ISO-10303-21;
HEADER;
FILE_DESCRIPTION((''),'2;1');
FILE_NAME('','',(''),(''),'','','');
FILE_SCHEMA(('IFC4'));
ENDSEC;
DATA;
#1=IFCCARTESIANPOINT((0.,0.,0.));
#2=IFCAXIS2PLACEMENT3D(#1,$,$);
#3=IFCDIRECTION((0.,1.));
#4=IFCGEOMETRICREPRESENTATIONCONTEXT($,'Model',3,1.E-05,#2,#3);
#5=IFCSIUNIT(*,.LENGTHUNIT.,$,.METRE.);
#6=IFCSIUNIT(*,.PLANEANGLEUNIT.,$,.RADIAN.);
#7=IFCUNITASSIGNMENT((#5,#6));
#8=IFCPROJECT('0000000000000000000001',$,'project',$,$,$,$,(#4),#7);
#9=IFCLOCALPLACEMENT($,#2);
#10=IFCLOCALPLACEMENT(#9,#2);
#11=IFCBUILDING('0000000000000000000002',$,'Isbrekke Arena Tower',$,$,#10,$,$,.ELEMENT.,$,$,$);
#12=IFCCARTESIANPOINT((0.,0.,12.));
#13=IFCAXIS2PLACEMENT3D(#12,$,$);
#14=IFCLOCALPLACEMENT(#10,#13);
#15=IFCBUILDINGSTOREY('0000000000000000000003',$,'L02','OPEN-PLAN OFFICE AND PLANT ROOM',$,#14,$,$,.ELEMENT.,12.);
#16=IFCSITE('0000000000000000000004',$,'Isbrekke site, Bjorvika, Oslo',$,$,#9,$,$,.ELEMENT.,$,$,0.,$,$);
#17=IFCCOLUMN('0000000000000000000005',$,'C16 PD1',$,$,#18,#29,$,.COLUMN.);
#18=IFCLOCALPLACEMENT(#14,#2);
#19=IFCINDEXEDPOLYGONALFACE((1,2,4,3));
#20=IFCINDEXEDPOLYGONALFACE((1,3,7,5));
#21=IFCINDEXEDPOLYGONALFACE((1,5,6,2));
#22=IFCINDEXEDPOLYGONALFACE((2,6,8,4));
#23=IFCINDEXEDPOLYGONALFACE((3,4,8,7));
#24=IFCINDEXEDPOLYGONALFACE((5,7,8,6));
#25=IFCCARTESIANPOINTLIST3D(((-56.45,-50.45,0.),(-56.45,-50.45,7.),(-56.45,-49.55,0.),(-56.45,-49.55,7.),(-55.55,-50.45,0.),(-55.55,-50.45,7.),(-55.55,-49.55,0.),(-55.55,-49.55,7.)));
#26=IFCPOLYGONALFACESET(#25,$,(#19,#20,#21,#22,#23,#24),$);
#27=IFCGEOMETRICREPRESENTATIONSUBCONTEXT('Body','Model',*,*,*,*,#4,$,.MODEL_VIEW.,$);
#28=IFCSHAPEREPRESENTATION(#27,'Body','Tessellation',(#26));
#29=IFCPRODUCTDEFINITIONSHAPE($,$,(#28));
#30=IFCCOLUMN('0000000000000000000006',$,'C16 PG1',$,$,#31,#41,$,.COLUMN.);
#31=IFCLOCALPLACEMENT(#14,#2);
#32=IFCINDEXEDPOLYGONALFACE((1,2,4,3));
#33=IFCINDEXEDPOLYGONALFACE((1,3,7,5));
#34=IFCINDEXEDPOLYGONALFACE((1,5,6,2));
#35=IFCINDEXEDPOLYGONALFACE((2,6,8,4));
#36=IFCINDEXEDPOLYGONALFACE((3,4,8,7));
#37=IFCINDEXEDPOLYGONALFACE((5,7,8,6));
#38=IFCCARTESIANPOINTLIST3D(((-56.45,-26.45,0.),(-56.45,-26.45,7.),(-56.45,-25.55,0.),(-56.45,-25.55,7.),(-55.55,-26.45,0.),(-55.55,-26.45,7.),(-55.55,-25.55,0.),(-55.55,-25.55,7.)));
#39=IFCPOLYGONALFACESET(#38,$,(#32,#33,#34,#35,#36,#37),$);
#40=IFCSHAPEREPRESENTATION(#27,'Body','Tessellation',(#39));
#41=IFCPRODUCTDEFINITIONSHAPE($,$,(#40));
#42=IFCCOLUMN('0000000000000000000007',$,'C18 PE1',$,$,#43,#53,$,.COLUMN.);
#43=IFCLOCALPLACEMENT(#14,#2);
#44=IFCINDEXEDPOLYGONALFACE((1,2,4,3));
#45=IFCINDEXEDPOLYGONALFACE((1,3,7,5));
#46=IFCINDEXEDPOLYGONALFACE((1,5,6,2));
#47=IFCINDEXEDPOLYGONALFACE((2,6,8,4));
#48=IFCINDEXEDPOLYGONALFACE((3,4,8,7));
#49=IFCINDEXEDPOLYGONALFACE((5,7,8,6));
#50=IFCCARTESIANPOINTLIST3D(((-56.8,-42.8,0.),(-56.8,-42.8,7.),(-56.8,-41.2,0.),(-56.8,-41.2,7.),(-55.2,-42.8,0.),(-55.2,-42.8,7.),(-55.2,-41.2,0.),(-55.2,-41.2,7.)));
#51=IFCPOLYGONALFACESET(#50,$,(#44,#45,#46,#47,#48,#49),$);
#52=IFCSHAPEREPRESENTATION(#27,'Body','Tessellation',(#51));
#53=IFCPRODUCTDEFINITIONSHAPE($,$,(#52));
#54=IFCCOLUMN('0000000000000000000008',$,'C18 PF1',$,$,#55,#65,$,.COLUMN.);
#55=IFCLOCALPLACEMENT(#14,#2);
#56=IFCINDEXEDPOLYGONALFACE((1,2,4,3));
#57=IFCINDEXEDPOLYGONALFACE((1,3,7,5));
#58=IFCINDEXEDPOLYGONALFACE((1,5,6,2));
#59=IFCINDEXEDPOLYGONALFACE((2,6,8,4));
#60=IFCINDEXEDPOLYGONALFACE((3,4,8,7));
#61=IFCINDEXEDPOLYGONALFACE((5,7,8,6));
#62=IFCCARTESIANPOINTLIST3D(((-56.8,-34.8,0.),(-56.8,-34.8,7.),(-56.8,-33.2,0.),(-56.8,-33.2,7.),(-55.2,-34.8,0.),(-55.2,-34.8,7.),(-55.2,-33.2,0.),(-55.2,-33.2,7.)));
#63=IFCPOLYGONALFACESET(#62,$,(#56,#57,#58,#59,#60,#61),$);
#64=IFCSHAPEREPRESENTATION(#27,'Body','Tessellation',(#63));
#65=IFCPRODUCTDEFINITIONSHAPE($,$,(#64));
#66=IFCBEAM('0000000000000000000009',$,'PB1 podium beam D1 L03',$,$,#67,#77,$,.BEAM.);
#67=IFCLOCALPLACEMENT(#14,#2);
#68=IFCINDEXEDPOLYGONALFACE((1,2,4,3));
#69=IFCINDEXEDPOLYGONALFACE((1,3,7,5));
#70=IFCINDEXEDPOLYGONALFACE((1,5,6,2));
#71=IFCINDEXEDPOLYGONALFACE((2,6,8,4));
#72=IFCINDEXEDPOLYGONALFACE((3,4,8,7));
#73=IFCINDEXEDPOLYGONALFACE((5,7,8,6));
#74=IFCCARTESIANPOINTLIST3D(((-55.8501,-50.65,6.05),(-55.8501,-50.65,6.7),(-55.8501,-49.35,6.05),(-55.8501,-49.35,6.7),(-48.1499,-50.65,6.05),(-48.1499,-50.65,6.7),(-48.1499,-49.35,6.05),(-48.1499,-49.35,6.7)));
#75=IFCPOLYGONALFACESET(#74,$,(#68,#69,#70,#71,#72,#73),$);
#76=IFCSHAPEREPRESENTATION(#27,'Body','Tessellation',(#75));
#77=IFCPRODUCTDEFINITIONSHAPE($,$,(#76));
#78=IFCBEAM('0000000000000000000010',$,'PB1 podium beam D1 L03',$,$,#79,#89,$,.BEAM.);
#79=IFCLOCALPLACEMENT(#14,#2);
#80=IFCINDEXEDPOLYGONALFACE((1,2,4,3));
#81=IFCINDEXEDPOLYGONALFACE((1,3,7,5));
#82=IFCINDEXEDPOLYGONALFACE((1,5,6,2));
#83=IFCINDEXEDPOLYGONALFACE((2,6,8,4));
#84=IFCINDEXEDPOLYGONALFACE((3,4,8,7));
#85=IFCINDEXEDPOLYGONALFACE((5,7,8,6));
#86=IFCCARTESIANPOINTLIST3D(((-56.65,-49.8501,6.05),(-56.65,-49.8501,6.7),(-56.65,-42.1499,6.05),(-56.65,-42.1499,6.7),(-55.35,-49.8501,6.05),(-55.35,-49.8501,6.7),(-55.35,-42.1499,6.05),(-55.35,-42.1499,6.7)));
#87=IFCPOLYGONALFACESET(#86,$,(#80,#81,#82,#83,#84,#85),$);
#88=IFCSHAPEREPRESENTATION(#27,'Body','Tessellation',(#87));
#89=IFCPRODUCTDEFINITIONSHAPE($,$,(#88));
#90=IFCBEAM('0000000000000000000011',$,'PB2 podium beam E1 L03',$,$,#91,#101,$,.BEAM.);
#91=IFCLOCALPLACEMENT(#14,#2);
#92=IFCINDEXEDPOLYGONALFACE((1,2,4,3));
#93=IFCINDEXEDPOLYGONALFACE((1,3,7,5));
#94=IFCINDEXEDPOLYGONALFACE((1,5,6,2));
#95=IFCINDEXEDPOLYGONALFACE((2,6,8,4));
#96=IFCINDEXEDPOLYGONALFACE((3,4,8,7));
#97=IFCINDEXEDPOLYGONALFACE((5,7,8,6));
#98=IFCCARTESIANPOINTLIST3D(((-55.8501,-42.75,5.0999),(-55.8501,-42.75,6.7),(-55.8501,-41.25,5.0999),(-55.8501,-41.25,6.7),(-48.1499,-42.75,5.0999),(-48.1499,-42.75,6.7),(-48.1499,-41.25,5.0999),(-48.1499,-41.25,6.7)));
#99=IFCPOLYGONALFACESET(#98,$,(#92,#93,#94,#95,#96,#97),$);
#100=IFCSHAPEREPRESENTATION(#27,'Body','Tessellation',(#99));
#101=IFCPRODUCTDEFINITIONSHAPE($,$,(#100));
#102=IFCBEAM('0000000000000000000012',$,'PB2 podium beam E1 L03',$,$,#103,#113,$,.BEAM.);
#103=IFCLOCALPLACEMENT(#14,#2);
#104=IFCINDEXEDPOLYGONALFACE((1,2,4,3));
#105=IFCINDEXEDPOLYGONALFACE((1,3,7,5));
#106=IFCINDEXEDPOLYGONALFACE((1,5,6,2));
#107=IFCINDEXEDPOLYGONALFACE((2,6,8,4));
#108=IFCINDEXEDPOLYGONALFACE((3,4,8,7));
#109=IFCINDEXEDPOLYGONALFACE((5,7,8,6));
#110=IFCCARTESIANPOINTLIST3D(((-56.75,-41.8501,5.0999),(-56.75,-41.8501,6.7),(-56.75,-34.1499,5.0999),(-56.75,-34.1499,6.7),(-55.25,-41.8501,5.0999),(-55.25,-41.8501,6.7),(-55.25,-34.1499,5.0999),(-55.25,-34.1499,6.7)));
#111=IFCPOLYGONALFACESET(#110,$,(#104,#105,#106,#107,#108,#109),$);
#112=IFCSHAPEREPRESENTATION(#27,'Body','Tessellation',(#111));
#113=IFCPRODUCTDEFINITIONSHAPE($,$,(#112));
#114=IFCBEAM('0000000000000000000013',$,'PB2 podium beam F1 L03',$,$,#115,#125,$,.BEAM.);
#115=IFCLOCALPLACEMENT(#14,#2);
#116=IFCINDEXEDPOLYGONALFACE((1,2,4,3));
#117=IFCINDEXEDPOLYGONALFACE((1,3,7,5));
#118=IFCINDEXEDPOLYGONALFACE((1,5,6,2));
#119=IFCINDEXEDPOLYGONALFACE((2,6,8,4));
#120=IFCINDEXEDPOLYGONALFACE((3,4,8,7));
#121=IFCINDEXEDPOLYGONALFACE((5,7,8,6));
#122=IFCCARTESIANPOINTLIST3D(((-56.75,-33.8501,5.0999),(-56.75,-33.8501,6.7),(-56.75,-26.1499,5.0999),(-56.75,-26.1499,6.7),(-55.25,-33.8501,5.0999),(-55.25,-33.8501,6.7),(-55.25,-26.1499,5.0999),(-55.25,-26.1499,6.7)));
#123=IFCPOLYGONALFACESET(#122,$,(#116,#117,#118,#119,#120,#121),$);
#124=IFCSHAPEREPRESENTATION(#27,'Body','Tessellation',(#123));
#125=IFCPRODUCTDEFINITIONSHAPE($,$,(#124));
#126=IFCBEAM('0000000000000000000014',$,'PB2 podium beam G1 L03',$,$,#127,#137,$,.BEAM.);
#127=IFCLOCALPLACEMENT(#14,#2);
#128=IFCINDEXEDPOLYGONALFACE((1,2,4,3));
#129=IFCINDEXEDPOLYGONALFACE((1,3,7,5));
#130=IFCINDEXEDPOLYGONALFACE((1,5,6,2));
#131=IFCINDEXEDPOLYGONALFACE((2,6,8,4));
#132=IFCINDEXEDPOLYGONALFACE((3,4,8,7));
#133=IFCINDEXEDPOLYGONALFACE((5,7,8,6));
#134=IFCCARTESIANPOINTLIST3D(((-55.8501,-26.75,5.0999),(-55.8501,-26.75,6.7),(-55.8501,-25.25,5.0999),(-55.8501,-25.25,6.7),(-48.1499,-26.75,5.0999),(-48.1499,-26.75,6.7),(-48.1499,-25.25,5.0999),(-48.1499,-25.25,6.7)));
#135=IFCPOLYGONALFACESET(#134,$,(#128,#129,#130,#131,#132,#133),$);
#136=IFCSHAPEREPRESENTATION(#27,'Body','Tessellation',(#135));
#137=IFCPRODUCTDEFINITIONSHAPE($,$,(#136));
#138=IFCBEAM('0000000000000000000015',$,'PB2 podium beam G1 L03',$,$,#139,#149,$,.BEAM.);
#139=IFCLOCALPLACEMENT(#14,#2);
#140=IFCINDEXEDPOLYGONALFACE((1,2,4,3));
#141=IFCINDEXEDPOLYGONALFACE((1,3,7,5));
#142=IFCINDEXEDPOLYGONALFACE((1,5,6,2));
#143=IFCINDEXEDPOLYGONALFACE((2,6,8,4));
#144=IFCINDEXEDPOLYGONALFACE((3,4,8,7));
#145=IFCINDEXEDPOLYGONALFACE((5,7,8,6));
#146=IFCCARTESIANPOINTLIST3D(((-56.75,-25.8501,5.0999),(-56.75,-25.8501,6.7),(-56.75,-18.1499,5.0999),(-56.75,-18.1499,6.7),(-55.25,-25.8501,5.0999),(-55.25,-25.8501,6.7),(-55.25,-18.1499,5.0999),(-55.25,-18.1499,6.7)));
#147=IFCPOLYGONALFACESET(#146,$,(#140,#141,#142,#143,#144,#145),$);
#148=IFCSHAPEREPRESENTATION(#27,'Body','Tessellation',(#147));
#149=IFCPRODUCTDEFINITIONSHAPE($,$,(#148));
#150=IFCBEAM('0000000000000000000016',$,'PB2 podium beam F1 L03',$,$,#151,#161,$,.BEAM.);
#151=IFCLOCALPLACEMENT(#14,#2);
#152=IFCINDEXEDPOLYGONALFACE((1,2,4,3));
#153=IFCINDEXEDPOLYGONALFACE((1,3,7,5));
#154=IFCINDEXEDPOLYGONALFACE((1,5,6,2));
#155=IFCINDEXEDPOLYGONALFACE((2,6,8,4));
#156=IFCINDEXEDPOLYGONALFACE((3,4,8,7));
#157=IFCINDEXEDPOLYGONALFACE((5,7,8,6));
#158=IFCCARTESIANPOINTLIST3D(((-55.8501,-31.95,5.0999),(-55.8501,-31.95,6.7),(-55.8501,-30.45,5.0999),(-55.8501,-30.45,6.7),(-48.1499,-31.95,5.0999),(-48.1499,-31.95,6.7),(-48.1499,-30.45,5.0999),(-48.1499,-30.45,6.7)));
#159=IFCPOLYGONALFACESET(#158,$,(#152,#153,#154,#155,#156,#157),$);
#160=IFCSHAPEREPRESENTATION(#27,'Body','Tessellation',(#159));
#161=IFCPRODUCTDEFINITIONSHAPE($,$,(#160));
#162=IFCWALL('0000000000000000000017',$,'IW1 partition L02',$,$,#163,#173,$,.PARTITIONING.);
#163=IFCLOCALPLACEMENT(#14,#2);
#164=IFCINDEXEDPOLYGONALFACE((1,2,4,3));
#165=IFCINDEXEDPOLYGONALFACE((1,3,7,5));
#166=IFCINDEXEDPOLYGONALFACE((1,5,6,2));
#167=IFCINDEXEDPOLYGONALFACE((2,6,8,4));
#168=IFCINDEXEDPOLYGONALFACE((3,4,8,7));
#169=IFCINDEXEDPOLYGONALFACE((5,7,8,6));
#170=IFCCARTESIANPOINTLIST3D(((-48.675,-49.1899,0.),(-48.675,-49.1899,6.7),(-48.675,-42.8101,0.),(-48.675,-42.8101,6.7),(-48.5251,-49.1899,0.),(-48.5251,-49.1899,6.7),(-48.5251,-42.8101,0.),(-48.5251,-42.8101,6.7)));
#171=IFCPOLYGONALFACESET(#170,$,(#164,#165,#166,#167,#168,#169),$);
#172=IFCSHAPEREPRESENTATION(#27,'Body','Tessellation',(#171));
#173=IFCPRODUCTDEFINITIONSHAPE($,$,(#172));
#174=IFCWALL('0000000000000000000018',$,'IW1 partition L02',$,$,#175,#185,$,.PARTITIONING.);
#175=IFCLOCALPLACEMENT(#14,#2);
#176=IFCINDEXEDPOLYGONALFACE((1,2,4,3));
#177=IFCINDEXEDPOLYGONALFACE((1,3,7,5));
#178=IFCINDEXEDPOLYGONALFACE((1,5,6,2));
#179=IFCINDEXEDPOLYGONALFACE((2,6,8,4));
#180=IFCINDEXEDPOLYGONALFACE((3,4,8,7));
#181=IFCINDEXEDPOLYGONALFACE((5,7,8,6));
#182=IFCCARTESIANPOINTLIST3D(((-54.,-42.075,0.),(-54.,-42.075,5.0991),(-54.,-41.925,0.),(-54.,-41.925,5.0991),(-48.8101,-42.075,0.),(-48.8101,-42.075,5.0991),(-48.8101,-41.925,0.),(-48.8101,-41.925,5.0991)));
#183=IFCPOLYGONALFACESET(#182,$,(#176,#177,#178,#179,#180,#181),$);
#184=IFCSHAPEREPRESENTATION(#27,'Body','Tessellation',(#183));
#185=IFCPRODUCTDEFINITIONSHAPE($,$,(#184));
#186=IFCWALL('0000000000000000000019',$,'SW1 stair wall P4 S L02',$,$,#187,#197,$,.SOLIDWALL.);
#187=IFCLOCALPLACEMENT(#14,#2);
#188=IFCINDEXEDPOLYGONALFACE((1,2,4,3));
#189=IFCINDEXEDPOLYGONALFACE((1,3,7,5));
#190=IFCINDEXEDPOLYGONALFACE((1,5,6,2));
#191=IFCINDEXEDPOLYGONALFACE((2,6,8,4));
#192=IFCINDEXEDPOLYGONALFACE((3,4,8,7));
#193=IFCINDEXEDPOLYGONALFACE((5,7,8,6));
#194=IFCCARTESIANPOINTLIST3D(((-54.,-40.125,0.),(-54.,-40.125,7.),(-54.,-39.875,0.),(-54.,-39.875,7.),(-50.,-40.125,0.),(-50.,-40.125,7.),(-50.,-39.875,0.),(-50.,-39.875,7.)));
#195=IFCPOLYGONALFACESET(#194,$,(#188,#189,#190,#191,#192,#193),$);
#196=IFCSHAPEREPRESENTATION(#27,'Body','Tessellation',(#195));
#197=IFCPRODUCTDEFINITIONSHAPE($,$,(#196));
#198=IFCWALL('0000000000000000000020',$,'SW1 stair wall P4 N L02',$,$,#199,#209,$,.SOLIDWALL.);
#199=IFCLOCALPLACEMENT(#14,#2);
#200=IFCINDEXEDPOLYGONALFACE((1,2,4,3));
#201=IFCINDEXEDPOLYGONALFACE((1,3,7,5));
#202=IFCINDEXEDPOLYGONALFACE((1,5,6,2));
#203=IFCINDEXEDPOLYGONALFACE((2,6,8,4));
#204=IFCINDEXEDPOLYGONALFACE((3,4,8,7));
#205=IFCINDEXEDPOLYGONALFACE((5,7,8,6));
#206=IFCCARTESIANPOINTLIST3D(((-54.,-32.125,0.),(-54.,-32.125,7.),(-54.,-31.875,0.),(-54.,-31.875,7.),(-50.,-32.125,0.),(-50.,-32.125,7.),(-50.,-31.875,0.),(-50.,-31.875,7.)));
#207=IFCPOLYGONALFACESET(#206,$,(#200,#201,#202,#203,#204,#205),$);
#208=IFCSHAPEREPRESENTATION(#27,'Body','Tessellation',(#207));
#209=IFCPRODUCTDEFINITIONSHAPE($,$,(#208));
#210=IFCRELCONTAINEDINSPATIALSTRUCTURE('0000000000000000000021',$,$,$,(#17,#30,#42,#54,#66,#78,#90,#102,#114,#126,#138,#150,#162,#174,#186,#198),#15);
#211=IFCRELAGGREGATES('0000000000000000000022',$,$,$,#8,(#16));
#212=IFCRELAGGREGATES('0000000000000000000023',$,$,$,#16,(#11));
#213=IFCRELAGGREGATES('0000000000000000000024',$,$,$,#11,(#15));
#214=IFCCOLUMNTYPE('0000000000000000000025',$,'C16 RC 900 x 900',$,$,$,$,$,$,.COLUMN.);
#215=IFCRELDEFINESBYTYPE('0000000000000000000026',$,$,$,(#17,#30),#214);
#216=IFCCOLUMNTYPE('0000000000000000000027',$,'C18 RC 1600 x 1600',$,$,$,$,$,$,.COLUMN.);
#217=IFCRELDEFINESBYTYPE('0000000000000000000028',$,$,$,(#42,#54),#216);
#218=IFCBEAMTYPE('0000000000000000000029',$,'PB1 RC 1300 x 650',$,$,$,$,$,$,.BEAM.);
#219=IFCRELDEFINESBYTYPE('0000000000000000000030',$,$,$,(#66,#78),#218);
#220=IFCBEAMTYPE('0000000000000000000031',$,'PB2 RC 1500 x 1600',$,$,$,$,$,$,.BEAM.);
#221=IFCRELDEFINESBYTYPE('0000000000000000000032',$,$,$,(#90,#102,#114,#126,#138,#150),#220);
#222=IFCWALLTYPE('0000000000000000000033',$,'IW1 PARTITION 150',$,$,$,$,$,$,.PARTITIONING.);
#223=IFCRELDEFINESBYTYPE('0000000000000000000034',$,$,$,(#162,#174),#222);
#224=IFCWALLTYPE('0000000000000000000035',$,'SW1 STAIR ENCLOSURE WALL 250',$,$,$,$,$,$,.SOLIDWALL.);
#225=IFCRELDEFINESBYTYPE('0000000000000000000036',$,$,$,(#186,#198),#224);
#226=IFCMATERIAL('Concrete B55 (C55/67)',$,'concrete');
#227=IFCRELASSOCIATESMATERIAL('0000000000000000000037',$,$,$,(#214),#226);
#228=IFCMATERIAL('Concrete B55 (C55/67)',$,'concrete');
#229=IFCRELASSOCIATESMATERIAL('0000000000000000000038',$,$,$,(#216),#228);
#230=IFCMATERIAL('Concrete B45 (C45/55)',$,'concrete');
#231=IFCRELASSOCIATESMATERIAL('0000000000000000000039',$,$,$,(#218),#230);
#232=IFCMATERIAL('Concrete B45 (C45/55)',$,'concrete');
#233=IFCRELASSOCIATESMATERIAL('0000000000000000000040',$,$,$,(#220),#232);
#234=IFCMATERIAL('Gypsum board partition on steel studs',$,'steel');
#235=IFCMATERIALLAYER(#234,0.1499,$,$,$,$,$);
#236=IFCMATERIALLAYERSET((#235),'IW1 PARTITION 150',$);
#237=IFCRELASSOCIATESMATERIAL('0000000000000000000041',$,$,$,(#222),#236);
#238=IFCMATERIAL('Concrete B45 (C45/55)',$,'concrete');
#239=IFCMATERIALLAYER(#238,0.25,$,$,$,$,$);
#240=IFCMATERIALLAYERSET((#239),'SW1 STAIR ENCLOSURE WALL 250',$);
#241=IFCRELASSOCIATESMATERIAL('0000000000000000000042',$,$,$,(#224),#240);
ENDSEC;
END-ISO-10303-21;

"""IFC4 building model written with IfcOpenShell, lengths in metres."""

from ifc_helpers import new_model, si_unit, direction, frame, frame_2d, origin, origin_2d, place, context, subcontext, project, spatial, rectangle, extrude, material, layer, layer_set, material_profile, profile_set, type_object, element, save


model = new_model("IFC4")

# Units and contexts
model_context = context("Model", 3, precision=1e-05, world=origin(), true_north=direction((0.0, 1.0)))
body_context = subcontext(model_context, "Body", "Model", "MODEL_VIEW")
ifc_project = project(units=[si_unit("LENGTHUNIT", "METRE"), si_unit("PLANEANGLEUNIT", "RADIAN")], contexts=[model_context])

# Site, building, storey
site_placement = place(None, origin())
site = spatial("IfcSite", under=ifc_project, at=site_placement, Name="Isbrekke site, Bjorvika, Oslo", CompositionType="ELEMENT", RefElevation=0.0)
building_placement = place(site_placement, origin())
building = spatial("IfcBuilding", under=site, at=building_placement, Name="Isbrekke Arena Tower", CompositionType="ELEMENT")
storey_placement = place(building_placement, frame((0.0, 0.0, 12.0)))
storey = spatial("IfcBuildingStorey", under=building, at=storey_placement, Name="L02", Description="OPEN-PLAN OFFICE AND PLANT ROOM", CompositionType="ELEMENT", Elevation=12.0)

# Columns
ifc_material_1 = material(Name="Concrete B55 (C55/67)", Category="concrete")
ifc_material_profile_1 = material_profile(ifc_material_1, rectangle(XDim=0.8999, YDim=0.8999, at=origin_2d()), Name="RC 900x900")
ifc_profile_set_1 = profile_set([ifc_material_profile_1], Name="Concrete B55 (C55/67)")
column_type_1 = type_object("IfcColumnType", Name="C16 RC 900 x 900", PredefinedType="COLUMN", material=ifc_profile_set_1)
for number, where, z_axis, x_axis, name in (
    (1, (-56.0, -50.0, 0.0), (0.0, 0.0, 1.0), (1.0, 0.0, 0.0), "C16 PD1"),
    (2, (-56.0, -26.0, 0.0), (0.0, 0.0, 1.0), (1.0, 0.0, 0.0), "C16 PG1"),
):
    element("IfcColumn", number, at=place(storey_placement, frame(where, z_axis=z_axis, x_axis=x_axis)), inside=storey, type_object=column_type_1, Name=name, PredefinedType="COLUMN", context=body_context, shape_type="SweptSolid", body=[
        extrude(rectangle(XDim=0.8999, YDim=0.8999, at=origin_2d()), origin(), (0.0, 0.0, 1.0), 7.0),
    ])
ifc_material_2 = material(Name="Concrete B55 (C55/67)", Category="concrete")
ifc_material_profile_2 = material_profile(ifc_material_2, rectangle(XDim=1.6001, YDim=1.6001, at=origin_2d()), Name="RC 1600x1600")
ifc_profile_set_2 = profile_set([ifc_material_profile_2], Name="Concrete B55 (C55/67)")
column_type_2 = type_object("IfcColumnType", Name="C18 RC 1600 x 1600", PredefinedType="COLUMN", material=ifc_profile_set_2)
for number, where, z_axis, x_axis, name in (
    (3, (-56.0, -42.0, 0.0), (0.0, 0.0, 1.0), (1.0, 0.0, 0.0), "C18 PE1"),
    (4, (-56.0, -34.0, 0.0), (0.0, 0.0, 1.0), (1.0, 0.0, 0.0), "C18 PF1"),
):
    element("IfcColumn", number, at=place(storey_placement, frame(where, z_axis=z_axis, x_axis=x_axis)), inside=storey, type_object=column_type_2, Name=name, PredefinedType="COLUMN", context=body_context, shape_type="SweptSolid", body=[
        extrude(rectangle(XDim=1.6001, YDim=1.6001, at=origin_2d()), origin(), (0.0, 0.0, 1.0), 7.0),
    ])

# Beams
ifc_material_3 = material(Name="Concrete B45 (C45/55)", Category="concrete")
ifc_material_profile_3 = material_profile(ifc_material_3, rectangle(XDim=1.3, YDim=0.6499, at=origin_2d()), Name="RC 1300x650")
ifc_profile_set_3 = profile_set([ifc_material_profile_3], Name="Concrete B45 (C45/55)")
beam_type_1 = type_object("IfcBeamType", Name="PB1 RC 1300 x 650", PredefinedType="BEAM", material=ifc_profile_set_3)
for number, where, z_axis, x_axis, name in (
    (5, (-55.8501, -50.0, 6.375), (1.0, 0.0, 0.0), (0.0, 1.0, 0.0), "PB1 podium beam D1 L03"),
    (6, (-56.0, -49.8501, 6.375), (0.0, 1.0, 0.0), (-1.0, 0.0, 0.0), "PB1 podium beam D1 L03"),
):
    element("IfcBeam", number, at=place(storey_placement, frame(where, z_axis=z_axis, x_axis=x_axis)), inside=storey, type_object=beam_type_1, Name=name, PredefinedType="BEAM", context=body_context, shape_type="SweptSolid", body=[
        extrude(rectangle(XDim=1.3, YDim=0.6499, at=origin_2d()), origin(), (0.0, 0.0, 1.0), 7.7002),
    ])
ifc_material_4 = material(Name="Concrete B45 (C45/55)", Category="concrete")
ifc_material_profile_4 = material_profile(ifc_material_4, rectangle(XDim=1.5, YDim=1.6001, at=origin_2d()), Name="RC 1500x1600")
ifc_profile_set_4 = profile_set([ifc_material_profile_4], Name="Concrete B45 (C45/55)")
beam_type_2 = type_object("IfcBeamType", Name="PB2 RC 1500 x 1600", PredefinedType="BEAM", material=ifc_profile_set_4)
for number, where, z_axis, x_axis, name in (
    (7, (-55.8501, -42.0, 5.8999), (1.0, 0.0, 0.0), (0.0, 1.0, 0.0), "PB2 podium beam E1 L03"),
    (8, (-56.0, -41.8501, 5.8999), (0.0, 1.0, 0.0), (-1.0, 0.0, 0.0), "PB2 podium beam E1 L03"),
    (9, (-56.0, -33.8501, 5.8999), (0.0, 1.0, 0.0), (-1.0, 0.0, 0.0), "PB2 podium beam F1 L03"),
    (10, (-55.8501, -26.0, 5.8999), (1.0, 0.0, 0.0), (0.0, 1.0, 0.0), "PB2 podium beam G1 L03"),
    (11, (-56.0, -25.8501, 5.8999), (0.0, 1.0, 0.0), (-1.0, 0.0, 0.0), "PB2 podium beam G1 L03"),
    (12, (-55.8501, -31.2, 5.8999), (1.0, 0.0, 0.0), (0.0, 1.0, 0.0), "PB2 podium beam F1 L03"),
):
    element("IfcBeam", number, at=place(storey_placement, frame(where, z_axis=z_axis, x_axis=x_axis)), inside=storey, type_object=beam_type_2, Name=name, PredefinedType="BEAM", context=body_context, shape_type="SweptSolid", body=[
        extrude(rectangle(XDim=1.5, YDim=1.6001, at=origin_2d()), origin(), (0.0, 0.0, 1.0), 7.7002),
    ])

# Walls
ifc_material_5 = material(Name="Gypsum board partition on steel studs", Category="steel")
ifc_layer_1 = layer(ifc_material_5, 0.1499)
ifc_layer_set_1 = layer_set([ifc_layer_1], Name="IW1 PARTITION 150")
wall_type_1 = type_object("IfcWallType", Name="IW1 PARTITION 150", PredefinedType="PARTITIONING", material=ifc_layer_set_1)
wall_1_placement = place(storey_placement, frame((-48.6001, -49.1899, 0.0), z_axis=(0.0, 0.0, 1.0), x_axis=(0.0, 1.0, 0.0)))
element("IfcWall", 13, at=wall_1_placement, inside=storey, type_object=wall_type_1, Name="IW1 partition L02", PredefinedType="PARTITIONING", context=body_context, shape_type="SweptSolid", body=[
    extrude(rectangle(XDim=6.3799, YDim=0.1499, at=frame_2d((3.1899, 0.0))), origin(), (0.0, 0.0, 1.0), 6.7),
])
wall_2_placement = place(storey_placement, frame((-54.0, -42.0, 0.0), z_axis=(0.0, 0.0, 1.0), x_axis=(1.0, 0.0, 0.0)))
element("IfcWall", 14, at=wall_2_placement, inside=storey, type_object=wall_type_1, Name="IW1 partition L02", PredefinedType="PARTITIONING", context=body_context, shape_type="SweptSolid", body=[
    extrude(rectangle(XDim=5.1899, YDim=0.1499, at=frame_2d((2.595, 0.0))), origin(), (0.0, 0.0, 1.0), 5.0991),
])
ifc_material_6 = material(Name="Concrete B45 (C45/55)", Category="concrete")
ifc_layer_2 = layer(ifc_material_6, 0.25)
ifc_layer_set_2 = layer_set([ifc_layer_2], Name="SW1 STAIR ENCLOSURE WALL 250")
wall_type_2 = type_object("IfcWallType", Name="SW1 STAIR ENCLOSURE WALL 250", PredefinedType="SOLIDWALL", material=ifc_layer_set_2)
for number, where, z_axis, x_axis, name in (
    (15, (-54.0, -40.0, 0.0), (0.0, 0.0, 1.0), (1.0, 0.0, 0.0), "SW1 stair wall P4 S L02"),
    (16, (-50.0, -32.0, 0.0), (0.0, 0.0, 1.0), (-1.0, 0.0, 0.0), "SW1 stair wall P4 N L02"),
):
    element("IfcWall", number, at=place(storey_placement, frame(where, z_axis=z_axis, x_axis=x_axis)), inside=storey, type_object=wall_type_2, Name=name, PredefinedType="SOLIDWALL", context=body_context, shape_type="SweptSolid", body=[
        extrude(rectangle(XDim=4.0, YDim=0.25, at=frame_2d((2.0, 0.0))), origin(), (0.0, 0.0, 1.0), 7.0),
    ])

save(model, "model.ifc")
